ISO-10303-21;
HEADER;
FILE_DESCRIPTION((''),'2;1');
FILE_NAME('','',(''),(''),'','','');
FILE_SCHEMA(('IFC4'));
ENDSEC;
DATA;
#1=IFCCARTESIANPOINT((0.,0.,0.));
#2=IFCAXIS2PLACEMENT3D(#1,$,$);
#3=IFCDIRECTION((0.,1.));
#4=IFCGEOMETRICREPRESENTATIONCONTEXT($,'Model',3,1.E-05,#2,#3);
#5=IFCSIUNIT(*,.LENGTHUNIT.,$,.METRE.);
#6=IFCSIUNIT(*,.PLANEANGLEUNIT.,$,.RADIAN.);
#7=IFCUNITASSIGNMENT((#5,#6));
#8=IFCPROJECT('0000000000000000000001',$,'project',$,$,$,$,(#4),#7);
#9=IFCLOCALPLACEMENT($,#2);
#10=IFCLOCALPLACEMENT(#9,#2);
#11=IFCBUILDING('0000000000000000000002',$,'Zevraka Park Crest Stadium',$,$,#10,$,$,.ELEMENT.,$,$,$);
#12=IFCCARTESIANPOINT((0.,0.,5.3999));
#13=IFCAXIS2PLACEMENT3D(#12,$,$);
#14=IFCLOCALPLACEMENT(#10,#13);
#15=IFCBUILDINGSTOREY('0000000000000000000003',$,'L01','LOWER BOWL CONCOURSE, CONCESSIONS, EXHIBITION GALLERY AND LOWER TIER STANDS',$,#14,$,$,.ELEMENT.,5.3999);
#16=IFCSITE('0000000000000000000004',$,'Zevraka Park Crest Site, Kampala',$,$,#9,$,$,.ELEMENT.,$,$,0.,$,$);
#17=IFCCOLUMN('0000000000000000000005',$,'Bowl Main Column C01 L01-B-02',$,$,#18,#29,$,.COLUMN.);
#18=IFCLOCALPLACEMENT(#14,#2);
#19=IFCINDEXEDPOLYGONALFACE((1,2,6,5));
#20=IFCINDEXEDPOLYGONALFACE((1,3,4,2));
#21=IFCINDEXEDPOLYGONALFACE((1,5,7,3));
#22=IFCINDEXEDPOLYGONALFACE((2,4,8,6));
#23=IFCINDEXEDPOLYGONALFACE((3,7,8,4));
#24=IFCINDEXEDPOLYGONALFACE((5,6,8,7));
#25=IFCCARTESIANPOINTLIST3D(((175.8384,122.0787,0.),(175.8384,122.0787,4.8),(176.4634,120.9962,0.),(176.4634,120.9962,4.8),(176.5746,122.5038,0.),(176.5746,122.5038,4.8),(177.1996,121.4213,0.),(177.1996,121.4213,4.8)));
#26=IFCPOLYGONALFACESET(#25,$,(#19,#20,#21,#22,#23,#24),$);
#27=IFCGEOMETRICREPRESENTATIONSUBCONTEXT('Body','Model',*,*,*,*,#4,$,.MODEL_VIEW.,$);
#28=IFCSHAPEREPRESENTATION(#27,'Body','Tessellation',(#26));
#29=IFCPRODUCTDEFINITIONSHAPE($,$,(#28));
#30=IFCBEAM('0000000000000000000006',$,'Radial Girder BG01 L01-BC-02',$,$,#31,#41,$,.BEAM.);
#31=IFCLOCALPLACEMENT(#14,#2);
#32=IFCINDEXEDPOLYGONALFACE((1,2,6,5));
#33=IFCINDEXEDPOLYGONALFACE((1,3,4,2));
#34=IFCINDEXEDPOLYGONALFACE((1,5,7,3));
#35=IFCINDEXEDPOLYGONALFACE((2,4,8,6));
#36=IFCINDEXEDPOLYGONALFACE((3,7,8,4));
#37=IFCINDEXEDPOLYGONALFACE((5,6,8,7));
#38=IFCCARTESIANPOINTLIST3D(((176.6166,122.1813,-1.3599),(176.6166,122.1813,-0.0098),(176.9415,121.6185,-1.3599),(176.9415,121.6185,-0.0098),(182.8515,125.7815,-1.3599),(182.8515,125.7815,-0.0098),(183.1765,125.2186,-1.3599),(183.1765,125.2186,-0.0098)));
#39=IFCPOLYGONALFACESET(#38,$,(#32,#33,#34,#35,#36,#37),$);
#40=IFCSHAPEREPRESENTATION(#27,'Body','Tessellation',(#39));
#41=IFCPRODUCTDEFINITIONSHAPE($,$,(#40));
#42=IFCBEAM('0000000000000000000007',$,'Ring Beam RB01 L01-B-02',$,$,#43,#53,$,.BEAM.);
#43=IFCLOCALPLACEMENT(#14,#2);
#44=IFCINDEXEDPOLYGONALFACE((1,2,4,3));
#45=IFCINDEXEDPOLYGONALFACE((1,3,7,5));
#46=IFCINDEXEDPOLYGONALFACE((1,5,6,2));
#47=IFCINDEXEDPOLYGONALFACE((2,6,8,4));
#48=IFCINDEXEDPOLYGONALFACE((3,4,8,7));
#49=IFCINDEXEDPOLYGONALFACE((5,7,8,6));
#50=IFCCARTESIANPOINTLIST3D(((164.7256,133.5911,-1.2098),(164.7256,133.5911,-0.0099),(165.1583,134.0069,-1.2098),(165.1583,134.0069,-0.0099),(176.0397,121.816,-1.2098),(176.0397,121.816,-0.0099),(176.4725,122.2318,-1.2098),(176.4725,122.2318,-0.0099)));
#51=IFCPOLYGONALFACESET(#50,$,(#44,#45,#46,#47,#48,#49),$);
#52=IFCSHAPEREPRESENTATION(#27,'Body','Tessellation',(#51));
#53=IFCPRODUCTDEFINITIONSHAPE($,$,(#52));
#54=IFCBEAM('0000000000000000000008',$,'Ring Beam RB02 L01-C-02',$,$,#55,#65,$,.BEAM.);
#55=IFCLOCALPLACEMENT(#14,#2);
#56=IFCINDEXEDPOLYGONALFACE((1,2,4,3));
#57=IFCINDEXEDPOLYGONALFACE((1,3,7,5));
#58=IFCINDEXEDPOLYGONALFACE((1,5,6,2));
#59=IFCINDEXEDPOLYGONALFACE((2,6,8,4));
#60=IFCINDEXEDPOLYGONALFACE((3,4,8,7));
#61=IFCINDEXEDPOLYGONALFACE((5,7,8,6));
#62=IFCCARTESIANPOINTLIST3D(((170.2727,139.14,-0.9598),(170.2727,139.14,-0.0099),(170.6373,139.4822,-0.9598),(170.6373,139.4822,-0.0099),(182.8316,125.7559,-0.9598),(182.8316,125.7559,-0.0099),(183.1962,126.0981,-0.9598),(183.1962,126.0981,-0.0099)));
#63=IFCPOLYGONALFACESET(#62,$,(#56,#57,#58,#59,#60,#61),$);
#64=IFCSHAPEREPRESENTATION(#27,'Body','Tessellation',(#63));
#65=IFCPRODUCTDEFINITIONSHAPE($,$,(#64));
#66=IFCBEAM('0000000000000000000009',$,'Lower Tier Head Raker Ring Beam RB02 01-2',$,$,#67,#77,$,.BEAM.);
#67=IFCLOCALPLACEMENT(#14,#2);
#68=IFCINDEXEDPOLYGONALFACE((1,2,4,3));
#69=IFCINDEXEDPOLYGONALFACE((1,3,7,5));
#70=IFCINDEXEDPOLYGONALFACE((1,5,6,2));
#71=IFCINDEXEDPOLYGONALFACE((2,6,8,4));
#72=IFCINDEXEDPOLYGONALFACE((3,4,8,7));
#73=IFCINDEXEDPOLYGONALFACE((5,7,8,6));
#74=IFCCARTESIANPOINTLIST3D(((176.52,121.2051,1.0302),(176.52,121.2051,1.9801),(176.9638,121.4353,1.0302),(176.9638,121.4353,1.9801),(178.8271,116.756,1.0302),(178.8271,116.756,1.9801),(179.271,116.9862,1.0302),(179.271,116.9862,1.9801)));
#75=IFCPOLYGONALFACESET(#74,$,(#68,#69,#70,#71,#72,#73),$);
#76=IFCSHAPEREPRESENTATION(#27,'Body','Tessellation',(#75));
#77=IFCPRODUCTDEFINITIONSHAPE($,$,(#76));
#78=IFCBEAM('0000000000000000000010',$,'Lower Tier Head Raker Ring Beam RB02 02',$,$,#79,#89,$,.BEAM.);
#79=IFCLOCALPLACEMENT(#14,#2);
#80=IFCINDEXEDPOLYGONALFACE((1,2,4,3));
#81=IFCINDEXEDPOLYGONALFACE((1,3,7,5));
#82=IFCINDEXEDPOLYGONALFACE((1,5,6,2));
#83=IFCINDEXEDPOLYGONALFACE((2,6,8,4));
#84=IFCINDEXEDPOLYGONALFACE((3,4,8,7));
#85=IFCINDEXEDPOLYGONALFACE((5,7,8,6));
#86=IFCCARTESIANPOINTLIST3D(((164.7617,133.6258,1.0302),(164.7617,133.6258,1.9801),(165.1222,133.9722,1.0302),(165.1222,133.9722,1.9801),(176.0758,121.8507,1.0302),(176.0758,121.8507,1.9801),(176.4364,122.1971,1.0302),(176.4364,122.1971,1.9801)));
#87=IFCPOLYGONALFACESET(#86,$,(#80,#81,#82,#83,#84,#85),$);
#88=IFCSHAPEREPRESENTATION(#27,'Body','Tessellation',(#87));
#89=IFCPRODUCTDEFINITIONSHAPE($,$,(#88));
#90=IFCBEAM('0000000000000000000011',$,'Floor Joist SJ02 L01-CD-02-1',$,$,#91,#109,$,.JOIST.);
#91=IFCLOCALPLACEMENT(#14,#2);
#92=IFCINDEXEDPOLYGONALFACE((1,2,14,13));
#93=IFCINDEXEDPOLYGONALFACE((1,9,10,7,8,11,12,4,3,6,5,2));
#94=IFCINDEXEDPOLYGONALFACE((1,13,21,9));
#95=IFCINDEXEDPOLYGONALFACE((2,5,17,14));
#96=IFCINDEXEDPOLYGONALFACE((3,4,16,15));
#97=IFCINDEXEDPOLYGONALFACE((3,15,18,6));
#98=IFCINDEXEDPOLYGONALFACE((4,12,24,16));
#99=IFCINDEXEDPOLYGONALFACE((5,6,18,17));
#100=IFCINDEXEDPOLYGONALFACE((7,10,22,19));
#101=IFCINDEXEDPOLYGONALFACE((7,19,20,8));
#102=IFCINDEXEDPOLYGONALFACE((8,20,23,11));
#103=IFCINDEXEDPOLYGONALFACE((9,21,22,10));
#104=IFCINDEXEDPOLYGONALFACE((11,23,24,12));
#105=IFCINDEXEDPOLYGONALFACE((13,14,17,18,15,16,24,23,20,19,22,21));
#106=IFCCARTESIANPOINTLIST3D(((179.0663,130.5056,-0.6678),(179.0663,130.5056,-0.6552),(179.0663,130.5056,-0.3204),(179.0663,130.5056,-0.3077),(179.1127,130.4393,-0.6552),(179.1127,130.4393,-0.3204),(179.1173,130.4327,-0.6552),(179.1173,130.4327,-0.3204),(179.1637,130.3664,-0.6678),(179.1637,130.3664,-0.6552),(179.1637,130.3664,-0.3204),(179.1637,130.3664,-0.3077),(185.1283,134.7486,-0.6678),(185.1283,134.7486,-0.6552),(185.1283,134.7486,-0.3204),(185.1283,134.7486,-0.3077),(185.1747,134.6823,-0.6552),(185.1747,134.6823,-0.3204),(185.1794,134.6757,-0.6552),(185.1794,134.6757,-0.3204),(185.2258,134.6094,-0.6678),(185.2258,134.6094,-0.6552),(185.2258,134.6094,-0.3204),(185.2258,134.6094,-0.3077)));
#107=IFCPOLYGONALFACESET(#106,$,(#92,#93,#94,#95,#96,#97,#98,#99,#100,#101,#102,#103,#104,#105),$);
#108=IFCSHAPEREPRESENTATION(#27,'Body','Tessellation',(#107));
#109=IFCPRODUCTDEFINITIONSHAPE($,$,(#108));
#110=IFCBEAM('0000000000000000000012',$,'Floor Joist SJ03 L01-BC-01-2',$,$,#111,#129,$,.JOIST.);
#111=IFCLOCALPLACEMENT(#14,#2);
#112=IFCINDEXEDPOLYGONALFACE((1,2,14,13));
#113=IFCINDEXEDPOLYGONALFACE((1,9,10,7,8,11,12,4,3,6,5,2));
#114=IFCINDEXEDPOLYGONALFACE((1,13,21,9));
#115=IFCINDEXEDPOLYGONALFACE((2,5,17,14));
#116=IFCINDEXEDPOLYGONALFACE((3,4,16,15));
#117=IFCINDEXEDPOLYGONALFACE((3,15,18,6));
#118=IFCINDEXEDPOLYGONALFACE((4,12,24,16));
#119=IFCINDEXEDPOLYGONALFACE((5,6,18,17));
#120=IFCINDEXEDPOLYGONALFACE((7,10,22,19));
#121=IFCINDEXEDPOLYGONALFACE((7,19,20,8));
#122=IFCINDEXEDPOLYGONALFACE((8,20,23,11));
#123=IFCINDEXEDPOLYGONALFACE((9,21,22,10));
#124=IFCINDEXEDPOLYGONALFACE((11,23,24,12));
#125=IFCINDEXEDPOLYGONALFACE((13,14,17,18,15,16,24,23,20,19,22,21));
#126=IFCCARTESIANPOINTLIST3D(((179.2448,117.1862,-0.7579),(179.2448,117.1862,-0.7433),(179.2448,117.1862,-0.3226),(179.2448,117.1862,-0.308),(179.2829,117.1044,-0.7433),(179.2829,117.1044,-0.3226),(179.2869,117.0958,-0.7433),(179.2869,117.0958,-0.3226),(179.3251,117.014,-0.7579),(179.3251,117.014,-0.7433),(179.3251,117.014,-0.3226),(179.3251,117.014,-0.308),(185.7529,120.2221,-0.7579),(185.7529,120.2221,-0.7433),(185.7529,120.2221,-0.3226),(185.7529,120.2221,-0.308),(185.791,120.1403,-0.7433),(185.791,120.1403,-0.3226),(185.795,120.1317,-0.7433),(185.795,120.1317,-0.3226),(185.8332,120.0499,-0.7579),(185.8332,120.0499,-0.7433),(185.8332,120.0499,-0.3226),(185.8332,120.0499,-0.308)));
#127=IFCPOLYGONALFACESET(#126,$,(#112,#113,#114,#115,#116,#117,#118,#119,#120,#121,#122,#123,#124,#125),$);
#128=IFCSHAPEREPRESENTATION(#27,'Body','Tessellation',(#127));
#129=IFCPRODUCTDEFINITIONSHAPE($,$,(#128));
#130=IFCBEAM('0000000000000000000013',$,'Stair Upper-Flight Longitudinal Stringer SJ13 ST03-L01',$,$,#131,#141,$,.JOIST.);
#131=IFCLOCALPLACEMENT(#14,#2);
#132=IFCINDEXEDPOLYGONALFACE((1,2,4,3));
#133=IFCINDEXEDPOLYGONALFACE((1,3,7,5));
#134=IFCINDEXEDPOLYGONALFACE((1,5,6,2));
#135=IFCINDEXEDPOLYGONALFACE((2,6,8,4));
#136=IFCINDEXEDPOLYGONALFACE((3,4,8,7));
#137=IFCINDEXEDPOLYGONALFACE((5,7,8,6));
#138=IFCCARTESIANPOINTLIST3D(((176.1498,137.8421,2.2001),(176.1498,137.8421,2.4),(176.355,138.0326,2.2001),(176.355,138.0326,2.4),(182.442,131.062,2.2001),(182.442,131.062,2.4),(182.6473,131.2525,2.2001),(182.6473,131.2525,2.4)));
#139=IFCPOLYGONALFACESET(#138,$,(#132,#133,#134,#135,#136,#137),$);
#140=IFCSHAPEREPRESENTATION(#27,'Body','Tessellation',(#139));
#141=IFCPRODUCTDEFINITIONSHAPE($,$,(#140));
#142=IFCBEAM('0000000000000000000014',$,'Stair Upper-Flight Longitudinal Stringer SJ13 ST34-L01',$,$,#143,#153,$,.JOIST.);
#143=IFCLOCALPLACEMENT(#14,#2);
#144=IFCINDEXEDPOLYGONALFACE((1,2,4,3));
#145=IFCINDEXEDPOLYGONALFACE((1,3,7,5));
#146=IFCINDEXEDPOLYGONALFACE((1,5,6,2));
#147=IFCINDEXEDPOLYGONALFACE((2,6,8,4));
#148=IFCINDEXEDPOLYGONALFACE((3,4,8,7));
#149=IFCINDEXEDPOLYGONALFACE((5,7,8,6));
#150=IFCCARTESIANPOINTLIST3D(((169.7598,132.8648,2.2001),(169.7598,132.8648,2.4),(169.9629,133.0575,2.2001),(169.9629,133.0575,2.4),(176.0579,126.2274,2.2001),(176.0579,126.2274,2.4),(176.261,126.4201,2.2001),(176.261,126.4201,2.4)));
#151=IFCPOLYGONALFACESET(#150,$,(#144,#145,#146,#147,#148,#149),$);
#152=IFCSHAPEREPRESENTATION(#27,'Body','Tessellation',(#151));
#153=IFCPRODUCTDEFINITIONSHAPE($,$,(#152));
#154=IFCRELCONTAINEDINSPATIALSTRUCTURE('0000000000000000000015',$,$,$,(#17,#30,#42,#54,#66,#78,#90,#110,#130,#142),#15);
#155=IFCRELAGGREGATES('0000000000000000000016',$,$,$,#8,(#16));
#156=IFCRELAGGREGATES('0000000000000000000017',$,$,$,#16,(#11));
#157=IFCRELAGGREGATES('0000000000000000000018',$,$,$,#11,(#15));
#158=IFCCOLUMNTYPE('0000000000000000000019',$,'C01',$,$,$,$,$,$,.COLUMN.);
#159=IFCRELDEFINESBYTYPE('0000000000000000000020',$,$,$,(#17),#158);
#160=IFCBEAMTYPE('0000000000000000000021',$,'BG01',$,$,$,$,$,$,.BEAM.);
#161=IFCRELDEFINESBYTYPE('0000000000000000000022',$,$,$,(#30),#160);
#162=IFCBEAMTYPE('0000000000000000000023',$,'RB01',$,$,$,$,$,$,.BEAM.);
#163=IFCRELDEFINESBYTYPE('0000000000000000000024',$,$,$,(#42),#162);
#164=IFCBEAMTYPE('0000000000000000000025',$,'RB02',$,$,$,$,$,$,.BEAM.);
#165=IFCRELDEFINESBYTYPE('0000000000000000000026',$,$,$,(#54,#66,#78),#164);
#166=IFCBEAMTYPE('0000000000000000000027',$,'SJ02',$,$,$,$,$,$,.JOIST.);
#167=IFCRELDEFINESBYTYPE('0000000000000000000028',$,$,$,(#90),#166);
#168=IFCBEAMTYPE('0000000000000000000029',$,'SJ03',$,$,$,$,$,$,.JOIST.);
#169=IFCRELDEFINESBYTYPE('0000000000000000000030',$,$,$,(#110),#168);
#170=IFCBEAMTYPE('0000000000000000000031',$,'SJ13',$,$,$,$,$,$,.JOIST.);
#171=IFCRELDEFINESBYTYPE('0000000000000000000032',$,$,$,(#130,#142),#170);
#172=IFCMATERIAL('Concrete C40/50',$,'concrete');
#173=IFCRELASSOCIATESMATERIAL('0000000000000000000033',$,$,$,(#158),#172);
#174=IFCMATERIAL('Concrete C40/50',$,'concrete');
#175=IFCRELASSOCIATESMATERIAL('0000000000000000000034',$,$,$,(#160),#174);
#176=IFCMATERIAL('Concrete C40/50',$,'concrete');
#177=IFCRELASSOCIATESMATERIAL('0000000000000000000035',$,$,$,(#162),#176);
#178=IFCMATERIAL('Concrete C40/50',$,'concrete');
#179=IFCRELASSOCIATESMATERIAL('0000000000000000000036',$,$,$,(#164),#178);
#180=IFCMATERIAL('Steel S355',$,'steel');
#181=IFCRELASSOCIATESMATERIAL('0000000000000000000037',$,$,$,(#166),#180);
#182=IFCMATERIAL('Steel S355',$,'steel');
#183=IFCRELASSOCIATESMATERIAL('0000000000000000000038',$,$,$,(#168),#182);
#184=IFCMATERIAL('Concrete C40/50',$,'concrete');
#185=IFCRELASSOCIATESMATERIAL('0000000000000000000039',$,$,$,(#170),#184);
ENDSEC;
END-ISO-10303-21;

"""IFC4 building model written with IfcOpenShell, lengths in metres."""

from ifc_helpers import new_model, si_unit, direction, frame, origin, origin_2d, place, context, subcontext, project, spatial, rectangle, i_section, extrude, material, material_profile, profile_set, type_object, element, save


model = new_model("IFC4")

# Units and contexts
model_context = context("Model", 3, precision=1e-05, world=origin(), true_north=direction((0.0, 1.0)))
body_context = subcontext(model_context, "Body", "Model", "MODEL_VIEW")
ifc_project = project(units=[si_unit("LENGTHUNIT", "METRE"), si_unit("PLANEANGLEUNIT", "RADIAN")], contexts=[model_context])

# Site, building, storey
site_placement = place(None, origin())
site = spatial("IfcSite", under=ifc_project, at=site_placement, Name="Zevraka Park Crest Site, Kampala", CompositionType="ELEMENT", RefElevation=0.0)
building_placement = place(site_placement, origin())
building = spatial("IfcBuilding", under=site, at=building_placement, Name="Zevraka Park Crest Stadium", CompositionType="ELEMENT")
storey_placement = place(building_placement, frame((0.0, 0.0, 5.3999)))
storey = spatial("IfcBuildingStorey", under=building, at=storey_placement, Name="L01", Description="LOWER BOWL CONCOURSE, CONCESSIONS, EXHIBITION GALLERY AND LOWER TIER STANDS", CompositionType="ELEMENT", Elevation=5.3999)

# Column
ifc_material_1 = material(Name="Concrete C40/50", Category="concrete")
ifc_material_profile_1 = material_profile(ifc_material_1, rectangle(XDim=0.8501, YDim=1.25, at=origin_2d()), Name="RC 1250x850")
ifc_profile_set_1 = profile_set([ifc_material_profile_1], Name="Concrete C40/50")
column_type = type_object("IfcColumnType", Name="C01", PredefinedType="COLUMN", material=ifc_profile_set_1)
column_placement = place(storey_placement, frame((176.519, 121.75, 0.0), z_axis=(0.0, 0.0, 1.0), x_axis=(0.866025, 0.5, 0.0)))
element("IfcColumn", 1, at=column_placement, inside=storey, type_object=column_type, Name="Bowl Main Column C01 L01-B-02", PredefinedType="COLUMN", context=body_context, shape_type="SweptSolid", body=[
    extrude(rectangle(XDim=0.8501, YDim=1.25, at=origin_2d()), origin(), (0.0, 0.0, 1.0), 4.8),
])

# Beams
ifc_material_2 = material(Name="Concrete C40/50", Category="concrete")
ifc_material_profile_2 = material_profile(ifc_material_2, rectangle(XDim=0.6499, YDim=1.3501, at=origin_2d()), Name="RC 1350x650")
ifc_profile_set_2 = profile_set([ifc_material_profile_2], Name="Concrete C40/50")
beam_type_1 = type_object("IfcBeamType", Name="BG01", PredefinedType="BEAM", material=ifc_profile_set_2)
beam_1_placement = place(storey_placement, frame((176.7791, 121.8999, -0.6848), z_axis=(0.866001, 0.500041, 0.0), x_axis=(-0.500041, 0.866001, 0.0)))
element("IfcBeam", 2, at=beam_1_placement, inside=storey, type_object=beam_type_1, Name="Radial Girder BG01 L01-BC-02", PredefinedType="BEAM", context=body_context, shape_type="SweptSolid", body=[
    extrude(rectangle(XDim=0.6499, YDim=1.3501, at=origin_2d()), origin(), (0.0, 0.0, 1.0), 7.1997),
])
ifc_material_3 = material(Name="Concrete C40/50", Category="concrete")
ifc_material_profile_3 = material_profile(ifc_material_3, rectangle(XDim=0.6001, YDim=1.2, at=origin_2d()), Name="RC 1200x600")
ifc_profile_set_3 = profile_set([ifc_material_profile_3], Name="Concrete C40/50")
beam_type_2 = type_object("IfcBeamType", Name="RB01", PredefinedType="BEAM", material=ifc_profile_set_3)
beam_2_placement = place(storey_placement, frame((176.2561, 122.0239, -0.6099), z_axis=(-0.692853, 0.721079, 0.0), x_axis=(-0.721079, -0.692853, 0.0)))
element("IfcBeam", 3, at=beam_2_placement, inside=storey, type_object=beam_type_2, Name="Ring Beam RB01 L01-B-02", PredefinedType="BEAM", context=body_context, shape_type="SweptSolid", body=[
    extrude(rectangle(XDim=0.6001, YDim=1.2, at=origin_2d()), origin(), (0.0, 0.0, 1.0), 16.3298),
])
ifc_material_4 = material(Name="Concrete C40/50", Category="concrete")
ifc_material_profile_4 = material_profile(ifc_material_4, rectangle(XDim=0.5, YDim=0.95, at=origin_2d()), Name="RC 950x500")
ifc_profile_set_4 = profile_set([ifc_material_profile_4], Name="Concrete C40/50")
beam_type_3 = type_object("IfcBeamType", Name="RB02", PredefinedType="BEAM", material=ifc_profile_set_4)
beam_3_placement = place(storey_placement, frame((183.0139, 125.927, -0.4849), z_axis=(-0.684269, 0.72923, 0.0), x_axis=(-0.72923, -0.684269, 0.0)))
element("IfcBeam", 4, at=beam_3_placement, inside=storey, type_object=beam_type_3, Name="Ring Beam RB02 L01-C-02", PredefinedType="BEAM", context=body_context, shape_type="SweptSolid", body=[
    extrude(rectangle(XDim=0.5, YDim=0.95, at=origin_2d()), origin(), (0.0, 0.0, 1.0), 18.3538),
])
beam_4_placement = place(storey_placement, frame((179.0491, 116.8711, 1.5051), z_axis=(-0.460357, 0.887734, 0.0), x_axis=(-0.887734, -0.460357, 0.0)))
element("IfcBeam", 5, at=beam_4_placement, inside=storey, type_object=beam_type_3, Name="Lower Tier Head Raker Ring Beam RB02 01-2", PredefinedType="BEAM", context=body_context, shape_type="SweptSolid", body=[
    extrude(rectangle(XDim=0.5, YDim=0.95, at=origin_2d()), origin(), (0.0, 0.0, 1.0), 5.0117),
])
beam_5_placement = place(storey_placement, frame((176.2561, 122.0239, 1.5051), z_axis=(-0.692853, 0.721079, 0.0), x_axis=(-0.721079, -0.692853, 0.0)))
element("IfcBeam", 6, at=beam_5_placement, inside=storey, type_object=beam_type_3, Name="Lower Tier Head Raker Ring Beam RB02 02", PredefinedType="BEAM", context=body_context, shape_type="SweptSolid", body=[
    extrude(rectangle(XDim=0.5, YDim=0.95, at=origin_2d()), origin(), (0.0, 0.0, 1.0), 16.3298),
])
ifc_material_5 = material(Name="Steel S355", Category="steel")
ifc_material_profile_5 = material_profile(ifc_material_5, i_section(OverallWidth=0.1699, OverallDepth=0.3601, WebThickness=0.0081, FlangeThickness=0.0127, at=origin_2d()), Name="IPE 360")
ifc_profile_set_5 = profile_set([ifc_material_profile_5], Name="Steel S355")
beam_type_4 = type_object("IfcBeamType", Name="SJ02", PredefinedType="JOIST", material=ifc_profile_set_5)
beam_6_placement = place(storey_placement, frame((179.115, 130.436, -0.4878), z_axis=(0.819263, 0.573418, 0.0), x_axis=(-0.573418, 0.819263, 0.0)))
element("IfcBeam", 7, at=beam_6_placement, inside=storey, type_object=beam_type_4, Name="Floor Joist SJ02 L01-CD-02-1", PredefinedType="JOIST", context=body_context, shape_type="SweptSolid", body=[
    extrude(i_section(OverallWidth=0.1699, OverallDepth=0.3601, WebThickness=0.0081, FlangeThickness=0.0127, at=origin_2d()), origin(), (0.0, 0.0, 1.0), 7.3994),
])
ifc_material_6 = material(Name="Steel S355", Category="steel")
ifc_material_profile_6 = material_profile(ifc_material_6, i_section(OverallWidth=0.1899, OverallDepth=0.45, WebThickness=0.0095, FlangeThickness=0.0146, at=origin_2d()), Name="IPE 450")
ifc_profile_set_6 = profile_set([ifc_material_profile_6], Name="Steel S355")
beam_type_5 = type_object("IfcBeamType", Name="SJ03", PredefinedType="JOIST", material=ifc_profile_set_6)
beam_7_placement = place(storey_placement, frame((179.2849, 117.1001, -0.533), z_axis=(0.906247, 0.422748, 0.0), x_axis=(-0.422748, 0.906247, 0.0)))
element("IfcBeam", 8, at=beam_7_placement, inside=storey, type_object=beam_type_5, Name="Floor Joist SJ03 L01-BC-01-2", PredefinedType="JOIST", context=body_context, shape_type="SweptSolid", body=[
    extrude(i_section(OverallWidth=0.1899, OverallDepth=0.45, WebThickness=0.0095, FlangeThickness=0.0146, at=origin_2d()), origin(), (0.0, 0.0, 1.0), 7.1814),
])
ifc_material_7 = material(Name="Concrete C40/50", Category="concrete")
ifc_material_profile_7 = material_profile(ifc_material_7, rectangle(XDim=0.28, YDim=0.2, at=origin_2d()), Name="RC 200x280")
ifc_profile_set_7 = profile_set([ifc_material_profile_7], Name="Concrete C40/50")
beam_type_6 = type_object("IfcBeamType", Name="SJ13", PredefinedType="JOIST", material=ifc_profile_set_7)
beam_8_placement = place(storey_placement, frame((182.5447, 131.1572, 2.3), z_axis=(-0.680248, 0.732982, 0.0), x_axis=(-0.732982, -0.680248, 0.0)))
element("IfcBeam", 9, at=beam_8_placement, inside=storey, type_object=beam_type_6, Name="Stair Upper-Flight Longitudinal Stringer SJ13 ST03-L01", PredefinedType="JOIST", context=body_context, shape_type="SweptSolid", body=[
    extrude(rectangle(XDim=0.28, YDim=0.2, at=origin_2d()), origin(), (0.0, 0.0, 1.0), 9.25),
])
beam_9_placement = place(storey_placement, frame((176.1594, 126.3237, 2.3), z_axis=(-0.688319, 0.725408, 0.0), x_axis=(-0.725408, -0.688319, 0.0)))
element("IfcBeam", 10, at=beam_9_placement, inside=storey, type_object=beam_type_6, Name="Stair Upper-Flight Longitudinal Stringer SJ13 ST34-L01", PredefinedType="JOIST", context=body_context, shape_type="SweptSolid", body=[
    extrude(rectangle(XDim=0.28, YDim=0.2, at=origin_2d()), origin(), (0.0, 0.0, 1.0), 9.1499),
])

save(model, "model.ifc")
